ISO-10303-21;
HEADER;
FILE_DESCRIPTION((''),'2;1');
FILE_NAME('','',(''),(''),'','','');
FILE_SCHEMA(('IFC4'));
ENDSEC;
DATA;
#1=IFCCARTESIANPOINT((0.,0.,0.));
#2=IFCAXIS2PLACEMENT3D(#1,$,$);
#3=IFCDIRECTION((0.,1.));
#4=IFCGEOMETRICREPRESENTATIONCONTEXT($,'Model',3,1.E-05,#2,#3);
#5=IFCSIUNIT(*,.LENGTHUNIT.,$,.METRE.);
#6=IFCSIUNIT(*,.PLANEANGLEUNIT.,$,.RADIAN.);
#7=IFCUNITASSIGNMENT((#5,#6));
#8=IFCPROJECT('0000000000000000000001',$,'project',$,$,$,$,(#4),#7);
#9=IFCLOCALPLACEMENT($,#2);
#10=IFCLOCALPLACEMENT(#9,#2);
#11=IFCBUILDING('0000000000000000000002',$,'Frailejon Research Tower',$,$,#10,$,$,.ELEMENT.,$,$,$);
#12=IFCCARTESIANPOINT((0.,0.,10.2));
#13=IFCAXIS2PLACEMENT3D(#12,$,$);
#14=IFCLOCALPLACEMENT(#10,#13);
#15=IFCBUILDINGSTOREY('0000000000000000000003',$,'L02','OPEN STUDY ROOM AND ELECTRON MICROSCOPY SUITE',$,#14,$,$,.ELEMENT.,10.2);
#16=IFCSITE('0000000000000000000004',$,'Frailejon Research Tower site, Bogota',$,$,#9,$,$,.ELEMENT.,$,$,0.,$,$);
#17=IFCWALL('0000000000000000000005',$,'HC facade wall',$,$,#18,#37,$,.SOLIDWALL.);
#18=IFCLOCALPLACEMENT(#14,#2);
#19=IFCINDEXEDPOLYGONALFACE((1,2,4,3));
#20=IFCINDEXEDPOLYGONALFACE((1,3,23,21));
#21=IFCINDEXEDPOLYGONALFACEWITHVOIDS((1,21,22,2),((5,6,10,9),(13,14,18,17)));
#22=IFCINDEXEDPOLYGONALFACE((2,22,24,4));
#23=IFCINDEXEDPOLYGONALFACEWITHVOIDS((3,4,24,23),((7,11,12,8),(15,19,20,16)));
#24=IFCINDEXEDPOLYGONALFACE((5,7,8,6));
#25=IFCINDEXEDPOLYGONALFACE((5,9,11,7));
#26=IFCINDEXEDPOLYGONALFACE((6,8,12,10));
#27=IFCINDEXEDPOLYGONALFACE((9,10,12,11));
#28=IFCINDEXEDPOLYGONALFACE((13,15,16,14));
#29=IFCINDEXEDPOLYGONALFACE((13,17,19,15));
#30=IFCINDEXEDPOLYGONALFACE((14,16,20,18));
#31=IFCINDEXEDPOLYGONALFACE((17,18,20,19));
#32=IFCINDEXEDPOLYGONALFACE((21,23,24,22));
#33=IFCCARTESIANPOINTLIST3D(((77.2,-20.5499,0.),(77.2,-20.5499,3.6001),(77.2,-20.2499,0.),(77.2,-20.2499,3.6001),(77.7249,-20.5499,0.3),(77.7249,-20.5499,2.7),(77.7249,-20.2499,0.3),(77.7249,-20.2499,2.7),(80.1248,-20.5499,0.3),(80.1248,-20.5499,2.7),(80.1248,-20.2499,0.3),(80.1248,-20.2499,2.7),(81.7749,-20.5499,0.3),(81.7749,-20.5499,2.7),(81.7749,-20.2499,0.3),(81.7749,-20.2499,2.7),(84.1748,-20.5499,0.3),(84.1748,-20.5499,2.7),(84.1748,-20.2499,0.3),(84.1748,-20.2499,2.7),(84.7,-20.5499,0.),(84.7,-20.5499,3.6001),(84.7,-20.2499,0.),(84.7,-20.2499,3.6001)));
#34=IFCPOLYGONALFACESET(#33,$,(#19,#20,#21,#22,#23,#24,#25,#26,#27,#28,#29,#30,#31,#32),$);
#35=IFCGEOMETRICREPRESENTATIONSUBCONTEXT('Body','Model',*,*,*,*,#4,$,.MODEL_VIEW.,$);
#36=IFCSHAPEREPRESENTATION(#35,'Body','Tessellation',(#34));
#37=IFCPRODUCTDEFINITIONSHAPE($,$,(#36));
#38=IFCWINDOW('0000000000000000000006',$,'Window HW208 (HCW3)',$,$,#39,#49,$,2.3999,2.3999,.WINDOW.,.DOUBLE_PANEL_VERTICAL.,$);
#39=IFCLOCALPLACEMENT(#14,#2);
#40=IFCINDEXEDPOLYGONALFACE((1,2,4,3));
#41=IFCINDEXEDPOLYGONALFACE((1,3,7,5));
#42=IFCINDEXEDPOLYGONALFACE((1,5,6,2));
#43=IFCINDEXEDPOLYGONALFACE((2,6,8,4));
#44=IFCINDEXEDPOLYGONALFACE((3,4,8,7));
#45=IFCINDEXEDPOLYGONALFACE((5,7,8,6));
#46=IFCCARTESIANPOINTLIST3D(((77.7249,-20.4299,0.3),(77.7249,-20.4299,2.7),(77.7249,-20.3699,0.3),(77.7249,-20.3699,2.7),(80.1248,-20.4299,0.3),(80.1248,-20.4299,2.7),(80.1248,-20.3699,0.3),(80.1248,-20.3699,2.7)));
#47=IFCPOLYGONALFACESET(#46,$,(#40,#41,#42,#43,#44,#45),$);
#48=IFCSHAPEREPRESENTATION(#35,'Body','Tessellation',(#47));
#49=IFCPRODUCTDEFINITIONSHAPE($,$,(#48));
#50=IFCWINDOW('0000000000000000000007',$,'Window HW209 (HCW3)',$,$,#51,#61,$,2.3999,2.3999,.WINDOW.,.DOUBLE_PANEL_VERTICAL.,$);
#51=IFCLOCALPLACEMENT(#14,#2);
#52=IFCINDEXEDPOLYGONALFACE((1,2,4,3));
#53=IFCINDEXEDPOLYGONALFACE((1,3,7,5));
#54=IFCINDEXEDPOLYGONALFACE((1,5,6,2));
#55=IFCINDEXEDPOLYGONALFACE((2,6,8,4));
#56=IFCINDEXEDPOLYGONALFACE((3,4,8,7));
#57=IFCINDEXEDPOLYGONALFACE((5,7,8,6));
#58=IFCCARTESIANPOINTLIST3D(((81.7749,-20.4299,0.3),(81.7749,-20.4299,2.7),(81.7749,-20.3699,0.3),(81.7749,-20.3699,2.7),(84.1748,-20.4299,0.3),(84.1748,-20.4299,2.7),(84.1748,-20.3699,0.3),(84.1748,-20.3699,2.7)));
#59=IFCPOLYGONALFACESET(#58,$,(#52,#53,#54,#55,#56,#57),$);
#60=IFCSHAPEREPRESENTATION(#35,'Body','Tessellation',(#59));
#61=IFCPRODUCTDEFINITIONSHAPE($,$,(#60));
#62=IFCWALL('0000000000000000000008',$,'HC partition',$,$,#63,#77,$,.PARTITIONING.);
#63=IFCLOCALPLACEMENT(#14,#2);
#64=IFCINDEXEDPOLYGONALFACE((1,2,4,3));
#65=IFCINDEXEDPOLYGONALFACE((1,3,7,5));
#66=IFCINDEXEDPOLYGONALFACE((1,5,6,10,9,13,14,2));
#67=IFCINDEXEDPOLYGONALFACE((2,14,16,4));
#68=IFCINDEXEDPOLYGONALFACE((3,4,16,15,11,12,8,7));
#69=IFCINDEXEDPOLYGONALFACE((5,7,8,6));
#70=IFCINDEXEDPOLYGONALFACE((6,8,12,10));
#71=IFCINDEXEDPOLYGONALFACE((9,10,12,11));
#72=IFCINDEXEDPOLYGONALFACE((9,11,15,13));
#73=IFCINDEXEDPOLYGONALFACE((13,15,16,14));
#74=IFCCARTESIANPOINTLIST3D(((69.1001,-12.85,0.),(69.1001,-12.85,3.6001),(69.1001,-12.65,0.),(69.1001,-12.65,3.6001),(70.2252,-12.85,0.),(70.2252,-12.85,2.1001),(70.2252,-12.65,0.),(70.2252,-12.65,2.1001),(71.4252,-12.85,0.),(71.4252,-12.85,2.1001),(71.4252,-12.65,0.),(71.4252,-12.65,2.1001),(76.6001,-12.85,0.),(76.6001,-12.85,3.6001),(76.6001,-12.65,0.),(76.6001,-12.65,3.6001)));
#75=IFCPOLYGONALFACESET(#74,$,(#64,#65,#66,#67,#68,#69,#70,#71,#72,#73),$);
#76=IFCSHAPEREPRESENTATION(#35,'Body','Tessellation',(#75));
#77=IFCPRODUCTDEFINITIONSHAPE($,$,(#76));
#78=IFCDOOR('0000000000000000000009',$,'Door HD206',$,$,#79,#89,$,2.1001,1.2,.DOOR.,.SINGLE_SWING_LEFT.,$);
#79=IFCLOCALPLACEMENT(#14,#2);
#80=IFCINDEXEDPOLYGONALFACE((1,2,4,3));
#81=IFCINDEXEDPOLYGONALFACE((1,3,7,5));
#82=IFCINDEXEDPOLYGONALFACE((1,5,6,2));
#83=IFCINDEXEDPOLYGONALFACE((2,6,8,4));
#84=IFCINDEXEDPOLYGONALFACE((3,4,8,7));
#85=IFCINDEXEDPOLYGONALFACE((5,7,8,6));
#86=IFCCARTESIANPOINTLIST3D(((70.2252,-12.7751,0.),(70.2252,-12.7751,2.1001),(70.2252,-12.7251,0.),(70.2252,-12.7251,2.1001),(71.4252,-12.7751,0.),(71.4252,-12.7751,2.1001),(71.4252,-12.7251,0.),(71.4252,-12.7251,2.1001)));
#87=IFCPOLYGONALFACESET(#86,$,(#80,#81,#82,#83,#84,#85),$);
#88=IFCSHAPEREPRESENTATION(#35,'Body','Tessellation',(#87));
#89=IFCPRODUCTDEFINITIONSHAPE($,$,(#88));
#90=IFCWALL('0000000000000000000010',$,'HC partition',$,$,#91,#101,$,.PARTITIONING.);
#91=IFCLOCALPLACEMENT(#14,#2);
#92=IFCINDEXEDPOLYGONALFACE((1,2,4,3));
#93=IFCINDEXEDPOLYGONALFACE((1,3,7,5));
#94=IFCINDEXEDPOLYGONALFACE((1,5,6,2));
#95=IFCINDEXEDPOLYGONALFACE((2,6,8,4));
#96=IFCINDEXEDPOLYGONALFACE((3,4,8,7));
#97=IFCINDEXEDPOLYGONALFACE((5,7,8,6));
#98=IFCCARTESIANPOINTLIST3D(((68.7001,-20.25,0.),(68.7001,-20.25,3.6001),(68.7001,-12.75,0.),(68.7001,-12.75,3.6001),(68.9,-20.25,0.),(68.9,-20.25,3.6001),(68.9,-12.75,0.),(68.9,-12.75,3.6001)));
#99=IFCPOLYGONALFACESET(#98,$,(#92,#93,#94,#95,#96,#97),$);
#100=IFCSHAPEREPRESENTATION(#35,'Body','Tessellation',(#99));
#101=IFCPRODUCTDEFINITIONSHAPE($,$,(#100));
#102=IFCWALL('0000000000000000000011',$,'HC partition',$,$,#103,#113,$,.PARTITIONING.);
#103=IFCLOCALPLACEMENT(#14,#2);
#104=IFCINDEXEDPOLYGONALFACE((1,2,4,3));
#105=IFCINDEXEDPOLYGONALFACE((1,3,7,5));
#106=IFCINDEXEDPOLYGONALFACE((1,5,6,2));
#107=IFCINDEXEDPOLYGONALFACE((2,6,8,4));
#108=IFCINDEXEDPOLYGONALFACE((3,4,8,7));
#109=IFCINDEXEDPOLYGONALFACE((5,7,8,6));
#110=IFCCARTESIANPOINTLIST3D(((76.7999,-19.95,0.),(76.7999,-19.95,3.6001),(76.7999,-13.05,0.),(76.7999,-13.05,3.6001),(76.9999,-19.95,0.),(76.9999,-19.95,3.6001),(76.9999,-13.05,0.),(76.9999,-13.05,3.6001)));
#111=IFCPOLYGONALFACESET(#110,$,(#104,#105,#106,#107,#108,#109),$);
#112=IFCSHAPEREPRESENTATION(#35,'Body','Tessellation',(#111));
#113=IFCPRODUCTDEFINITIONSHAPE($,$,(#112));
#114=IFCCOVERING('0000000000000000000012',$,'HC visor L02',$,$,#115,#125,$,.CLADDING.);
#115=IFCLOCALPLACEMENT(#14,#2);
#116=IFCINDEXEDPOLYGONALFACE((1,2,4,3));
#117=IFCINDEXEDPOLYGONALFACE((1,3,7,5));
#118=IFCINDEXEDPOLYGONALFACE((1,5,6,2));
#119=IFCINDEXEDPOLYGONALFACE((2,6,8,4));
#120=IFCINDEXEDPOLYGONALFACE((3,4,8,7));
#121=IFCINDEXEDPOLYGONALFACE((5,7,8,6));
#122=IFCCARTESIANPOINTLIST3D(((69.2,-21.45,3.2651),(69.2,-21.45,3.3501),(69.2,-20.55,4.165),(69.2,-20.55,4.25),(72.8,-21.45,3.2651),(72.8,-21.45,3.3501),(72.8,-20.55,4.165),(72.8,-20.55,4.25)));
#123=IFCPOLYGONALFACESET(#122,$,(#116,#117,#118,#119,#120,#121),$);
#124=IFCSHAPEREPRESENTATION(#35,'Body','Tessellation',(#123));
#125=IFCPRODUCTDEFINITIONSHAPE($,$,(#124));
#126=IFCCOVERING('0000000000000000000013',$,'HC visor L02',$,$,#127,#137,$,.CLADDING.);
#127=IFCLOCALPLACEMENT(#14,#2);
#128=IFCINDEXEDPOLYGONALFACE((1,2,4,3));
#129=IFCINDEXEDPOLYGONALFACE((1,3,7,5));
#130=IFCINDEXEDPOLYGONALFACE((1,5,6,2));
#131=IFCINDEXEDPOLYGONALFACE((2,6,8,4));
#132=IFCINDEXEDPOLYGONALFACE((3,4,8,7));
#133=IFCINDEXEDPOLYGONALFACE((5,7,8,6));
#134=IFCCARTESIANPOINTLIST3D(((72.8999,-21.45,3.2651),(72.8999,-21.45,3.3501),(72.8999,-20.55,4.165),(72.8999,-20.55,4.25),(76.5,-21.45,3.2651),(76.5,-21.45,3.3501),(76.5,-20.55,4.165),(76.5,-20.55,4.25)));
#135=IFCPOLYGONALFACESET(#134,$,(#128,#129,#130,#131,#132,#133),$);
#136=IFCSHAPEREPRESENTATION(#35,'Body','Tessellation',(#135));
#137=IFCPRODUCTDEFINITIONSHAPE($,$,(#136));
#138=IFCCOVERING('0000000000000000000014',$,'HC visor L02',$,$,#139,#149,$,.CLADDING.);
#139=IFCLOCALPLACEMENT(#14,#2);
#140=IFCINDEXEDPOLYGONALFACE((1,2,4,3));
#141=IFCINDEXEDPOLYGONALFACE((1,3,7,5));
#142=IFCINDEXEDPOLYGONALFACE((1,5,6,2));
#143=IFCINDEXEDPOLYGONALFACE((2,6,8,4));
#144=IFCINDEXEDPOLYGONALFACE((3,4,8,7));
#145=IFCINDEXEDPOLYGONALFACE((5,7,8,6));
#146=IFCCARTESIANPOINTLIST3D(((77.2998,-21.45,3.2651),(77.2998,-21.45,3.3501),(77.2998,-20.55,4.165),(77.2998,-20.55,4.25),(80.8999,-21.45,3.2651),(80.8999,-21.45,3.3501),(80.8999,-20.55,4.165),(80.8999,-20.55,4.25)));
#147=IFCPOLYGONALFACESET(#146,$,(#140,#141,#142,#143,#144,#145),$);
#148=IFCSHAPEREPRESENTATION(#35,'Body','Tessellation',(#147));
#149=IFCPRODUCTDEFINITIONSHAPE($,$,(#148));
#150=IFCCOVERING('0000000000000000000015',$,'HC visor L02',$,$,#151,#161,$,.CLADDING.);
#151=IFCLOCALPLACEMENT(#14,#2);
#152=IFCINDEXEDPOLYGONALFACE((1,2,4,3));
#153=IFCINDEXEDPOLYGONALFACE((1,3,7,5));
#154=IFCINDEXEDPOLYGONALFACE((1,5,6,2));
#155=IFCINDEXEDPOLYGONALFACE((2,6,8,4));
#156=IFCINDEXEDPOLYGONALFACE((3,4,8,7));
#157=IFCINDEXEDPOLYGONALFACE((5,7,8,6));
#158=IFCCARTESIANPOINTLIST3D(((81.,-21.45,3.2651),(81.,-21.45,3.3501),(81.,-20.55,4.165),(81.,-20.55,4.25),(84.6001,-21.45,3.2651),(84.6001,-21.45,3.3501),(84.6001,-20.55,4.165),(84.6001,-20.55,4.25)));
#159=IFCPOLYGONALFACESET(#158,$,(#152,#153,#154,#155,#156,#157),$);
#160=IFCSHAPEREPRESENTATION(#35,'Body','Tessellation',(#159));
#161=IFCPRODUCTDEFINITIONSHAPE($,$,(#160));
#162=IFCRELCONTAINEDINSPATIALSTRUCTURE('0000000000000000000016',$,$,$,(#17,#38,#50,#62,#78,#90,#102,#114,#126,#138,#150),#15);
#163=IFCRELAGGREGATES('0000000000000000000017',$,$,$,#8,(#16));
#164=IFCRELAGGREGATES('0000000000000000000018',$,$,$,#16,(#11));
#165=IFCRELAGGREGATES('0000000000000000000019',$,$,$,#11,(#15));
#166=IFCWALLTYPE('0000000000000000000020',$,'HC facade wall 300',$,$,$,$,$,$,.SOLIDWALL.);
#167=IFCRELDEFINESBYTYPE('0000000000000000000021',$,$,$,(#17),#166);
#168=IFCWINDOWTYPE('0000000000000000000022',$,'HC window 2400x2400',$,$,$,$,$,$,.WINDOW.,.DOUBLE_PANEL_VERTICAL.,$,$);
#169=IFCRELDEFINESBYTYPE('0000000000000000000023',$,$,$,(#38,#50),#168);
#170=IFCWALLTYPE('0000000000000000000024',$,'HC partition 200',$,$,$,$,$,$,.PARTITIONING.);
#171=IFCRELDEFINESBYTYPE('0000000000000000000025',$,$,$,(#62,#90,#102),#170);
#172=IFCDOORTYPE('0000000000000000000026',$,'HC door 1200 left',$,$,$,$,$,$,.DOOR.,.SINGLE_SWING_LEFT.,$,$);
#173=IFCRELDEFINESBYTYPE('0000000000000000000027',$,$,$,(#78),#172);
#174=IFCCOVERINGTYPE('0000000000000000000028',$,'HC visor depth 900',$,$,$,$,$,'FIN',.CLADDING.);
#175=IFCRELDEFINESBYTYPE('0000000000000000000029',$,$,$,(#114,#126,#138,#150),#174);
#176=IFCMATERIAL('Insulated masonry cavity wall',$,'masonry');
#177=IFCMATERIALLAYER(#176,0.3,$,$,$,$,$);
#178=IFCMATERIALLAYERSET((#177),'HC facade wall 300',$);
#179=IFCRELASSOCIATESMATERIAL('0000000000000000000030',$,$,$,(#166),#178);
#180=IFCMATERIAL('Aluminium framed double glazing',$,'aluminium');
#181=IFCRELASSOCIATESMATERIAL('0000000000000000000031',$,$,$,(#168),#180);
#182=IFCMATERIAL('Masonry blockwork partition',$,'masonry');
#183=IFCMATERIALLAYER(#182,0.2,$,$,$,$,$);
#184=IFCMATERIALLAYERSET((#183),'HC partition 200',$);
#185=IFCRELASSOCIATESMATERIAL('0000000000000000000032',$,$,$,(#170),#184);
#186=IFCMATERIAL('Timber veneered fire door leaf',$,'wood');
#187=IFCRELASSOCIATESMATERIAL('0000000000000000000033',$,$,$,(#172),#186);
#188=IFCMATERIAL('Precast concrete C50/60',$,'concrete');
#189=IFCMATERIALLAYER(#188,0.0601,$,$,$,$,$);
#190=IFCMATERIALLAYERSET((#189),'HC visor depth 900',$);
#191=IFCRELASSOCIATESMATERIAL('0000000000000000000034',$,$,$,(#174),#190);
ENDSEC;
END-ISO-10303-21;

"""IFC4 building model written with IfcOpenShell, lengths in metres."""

from ifc_helpers import new_model, si_unit, direction, frame, frame_2d, origin, place, context, subcontext, project, spatial, polyline, rectangle, outline, extrude, material, layer, layer_set, type_object, element, fill, save


model = new_model("IFC4")

# Units and contexts
model_context = context("Model", 3, precision=1e-05, world=origin(), true_north=direction((0.0, 1.0)))
body_context = subcontext(model_context, "Body", "Model", "MODEL_VIEW")
ifc_project = project(units=[si_unit("LENGTHUNIT", "METRE"), si_unit("PLANEANGLEUNIT", "RADIAN")], contexts=[model_context])

# Site, building, storey
site_placement = place(None, origin())
site = spatial("IfcSite", under=ifc_project, at=site_placement, Name="Frailejon Research Tower site, Bogota", CompositionType="ELEMENT", RefElevation=0.0)
building_placement = place(site_placement, origin())
building = spatial("IfcBuilding", under=site, at=building_placement, Name="Frailejon Research Tower", CompositionType="ELEMENT")
storey_placement = place(building_placement, frame((0.0, 0.0, 10.2)))
storey = spatial("IfcBuildingStorey", under=building, at=storey_placement, Name="L02", Description="OPEN STUDY ROOM AND ELECTRON MICROSCOPY SUITE", CompositionType="ELEMENT", Elevation=10.2)

# Wall, openings, windows
ifc_material_1 = material(Name="Insulated masonry cavity wall", Category="masonry")
ifc_layer_1 = layer(ifc_material_1, 0.3)
ifc_layer_set_1 = layer_set([ifc_layer_1], Name="HC facade wall 300")
wall_type_1 = type_object("IfcWallType", Name="HC facade wall 300", PredefinedType="SOLIDWALL", material=ifc_layer_set_1)
wall_1_placement = place(storey_placement, frame((77.2, -20.3999, 0.0), z_axis=(0.0, 0.0, 1.0), x_axis=(1.0, 0.0, 0.0)))
wall_1 = element("IfcWall", 1, at=wall_1_placement, inside=storey, type_object=wall_type_1, Name="HC facade wall", PredefinedType="SOLIDWALL", context=body_context, shape_type="SweptSolid", body=[
    extrude(rectangle(XDim=7.5, YDim=0.3, at=frame_2d((3.75, 0.0))), origin(), (0.0, 0.0, 1.0), 3.6001),
])
opening_1_placement = place(wall_1_placement, frame((0.5249, 0.0, 0.3)))
opening_1 = element("IfcOpeningElement", 2, at=opening_1_placement, cuts=wall_1, PredefinedType="OPENING", context=body_context, shape_type="SweptSolid", body=[
    extrude(rectangle(XDim=2.3999, YDim=2.3999, at=frame_2d((1.2, 1.2))), frame((0.0, 0.1599, 0.0), z_axis=(0.0, -1.0, 0.0), x_axis=(1.0, 0.0, 0.0)), (0.0, 0.0, 1.0), 0.3201),
])
opening_2_placement = place(wall_1_placement, frame((4.575, 0.0, 0.3)))
opening_2 = element("IfcOpeningElement", 3, at=opening_2_placement, cuts=wall_1, PredefinedType="OPENING", context=body_context, shape_type="SweptSolid", body=[
    extrude(rectangle(XDim=2.3999, YDim=2.3999, at=frame_2d((1.2, 1.2))), frame((0.0, 0.1599, 0.0), z_axis=(0.0, -1.0, 0.0), x_axis=(1.0, 0.0, 0.0)), (0.0, 0.0, 1.0), 0.3201),
])
ifc_material_2 = material(Name="Aluminium framed double glazing", Category="aluminium")
window_type_1 = type_object("IfcWindowType", Name="HC window 2400x2400", PartitioningType="DOUBLE_PANEL_VERTICAL", PredefinedType="WINDOW", material=ifc_material_2)
window_1_placement = place(opening_1_placement, origin())
window_1 = element("IfcWindow", 4, at=window_1_placement, inside=storey, type_object=window_type_1, Name="Window HW208 (HCW3)", OverallHeight=2.3999, OverallWidth=2.3999, PartitioningType="DOUBLE_PANEL_VERTICAL", PredefinedType="WINDOW", context=body_context, shape_type="SweptSolid", body=[
    extrude(rectangle(XDim=2.3999, YDim=2.3999, at=frame_2d((1.2, 1.2))), frame((0.0, 0.03, 0.0), z_axis=(0.0, -1.0, 0.0), x_axis=(1.0, 0.0, 0.0)), (0.0, 0.0, 1.0), 0.0601),
])
fill(opening_1, window_1)
window_2_placement = place(opening_2_placement, origin())
window_2 = element("IfcWindow", 5, at=window_2_placement, inside=storey, type_object=window_type_1, Name="Window HW209 (HCW3)", OverallHeight=2.3999, OverallWidth=2.3999, PartitioningType="DOUBLE_PANEL_VERTICAL", PredefinedType="WINDOW", context=body_context, shape_type="SweptSolid", body=[
    extrude(rectangle(XDim=2.3999, YDim=2.3999, at=frame_2d((1.2, 1.2))), frame((0.0, 0.03, 0.0), z_axis=(0.0, -1.0, 0.0), x_axis=(1.0, 0.0, 0.0)), (0.0, 0.0, 1.0), 0.0601),
])
fill(opening_2, window_2)

# Wall, opening, door
ifc_material_3 = material(Name="Masonry blockwork partition", Category="masonry")
ifc_layer_2 = layer(ifc_material_3, 0.2)
ifc_layer_set_2 = layer_set([ifc_layer_2], Name="HC partition 200")
wall_type_2 = type_object("IfcWallType", Name="HC partition 200", PredefinedType="PARTITIONING", material=ifc_layer_set_2)
wall_2_placement = place(storey_placement, frame((69.1001, -12.75, 0.0), z_axis=(0.0, 0.0, 1.0), x_axis=(1.0, 0.0, 0.0)))
wall_2 = element("IfcWall", 6, at=wall_2_placement, inside=storey, type_object=wall_type_2, Name="HC partition", PredefinedType="PARTITIONING", context=body_context, shape_type="SweptSolid", body=[
    extrude(rectangle(XDim=7.5, YDim=0.2, at=frame_2d((3.75, 0.0))), origin(), (0.0, 0.0, 1.0), 3.6001),
])
opening_3_placement = place(wall_2_placement, frame((1.125, 0.0, 0.0)))
opening_3 = element("IfcOpeningElement", 7, at=opening_3_placement, cuts=wall_2, PredefinedType="OPENING", context=body_context, shape_type="SweptSolid", body=[
    extrude(rectangle(XDim=1.2, YDim=2.1001, at=frame_2d((0.6001, 1.05))), frame((0.0, 0.1099, 0.0), z_axis=(0.0, -1.0, 0.0), x_axis=(1.0, 0.0, 0.0)), (0.0, 0.0, 1.0), 0.22),
])
ifc_material_4 = material(Name="Timber veneered fire door leaf", Category="wood")
door_type = type_object("IfcDoorType", Name="HC door 1200 left", OperationType="SINGLE_SWING_LEFT", PredefinedType="DOOR", material=ifc_material_4)
door_placement = place(opening_3_placement, origin())
door = element("IfcDoor", 8, at=door_placement, inside=storey, type_object=door_type, Name="Door HD206", OperationType="SINGLE_SWING_LEFT", OverallHeight=2.1001, OverallWidth=1.2, PredefinedType="DOOR", context=body_context, shape_type="SweptSolid", body=[
    extrude(rectangle(XDim=1.2, YDim=2.1001, at=frame_2d((0.6001, 1.05))), frame((0.0, 0.0249, 0.0), z_axis=(0.0, -1.0, 0.0), x_axis=(1.0, 0.0, 0.0)), (0.0, 0.0, 1.0), 0.05),
])
fill(opening_3, door)

# Walls
wall_3_placement = place(storey_placement, frame((68.8, -20.25, 0.0), z_axis=(0.0, 0.0, 1.0), x_axis=(0.0, 1.0, 0.0)))
element("IfcWall", 9, at=wall_3_placement, inside=storey, type_object=wall_type_2, Name="HC partition", PredefinedType="PARTITIONING", context=body_context, shape_type="SweptSolid", body=[
    extrude(rectangle(XDim=7.5, YDim=0.2, at=frame_2d((3.75, 0.0))), origin(), (0.0, 0.0, 1.0), 3.6001),
])
wall_4_placement = place(storey_placement, frame((76.8999, -19.95, 0.0), z_axis=(0.0, 0.0, 1.0), x_axis=(0.0, 1.0, 0.0)))
element("IfcWall", 10, at=wall_4_placement, inside=storey, type_object=wall_type_2, Name="HC partition", PredefinedType="PARTITIONING", context=body_context, shape_type="SweptSolid", body=[
    extrude(rectangle(XDim=6.8999, YDim=0.2, at=frame_2d((3.45, 0.0))), origin(), (0.0, 0.0, 1.0), 3.6001),
])

# Coverings
ifc_material_5 = material(Name="Precast concrete C50/60", Category="concrete")
ifc_layer_3 = layer(ifc_material_5, 0.0601)
ifc_layer_set_3 = layer_set([ifc_layer_3], Name="HC visor depth 900")
covering_type = type_object("IfcCoveringType", Name="HC visor depth 900", ElementType="FIN", PredefinedType="CLADDING", material=ifc_layer_set_3)
for number, where, z_axis, x_axis, name in (
    (11, (72.8, -20.55, 4.25), (-1.0, 0.0, 0.0), (0.0, -1.0, 0.0), "HC visor L02"),
    (12, (76.5, -20.55, 4.25), (-1.0, 0.0, 0.0), (0.0, -1.0, 0.0), "HC visor L02"),
    (13, (80.8999, -20.55, 4.25), (-1.0, 0.0, 0.0), (0.0, -1.0, 0.0), "HC visor L02"),
    (14, (84.6001, -20.55, 4.25), (-1.0, 0.0, 0.0), (0.0, -1.0, 0.0), "HC visor L02"),
):
    element("IfcCovering", number, at=place(storey_placement, frame(where, z_axis=z_axis, x_axis=x_axis)), inside=storey, type_object=covering_type, Name=name, PredefinedType="CLADDING", context=body_context, shape_type="SweptSolid", body=[
        extrude(outline(polyline([(0.0, -0.085), (0.8999, -0.9849), (0.8999, -0.8999), (0.0, 0.0), (0.0, -0.085)])), origin(), (0.0, 0.0, 1.0), 3.6001),
    ])

save(model, "model.ifc")
